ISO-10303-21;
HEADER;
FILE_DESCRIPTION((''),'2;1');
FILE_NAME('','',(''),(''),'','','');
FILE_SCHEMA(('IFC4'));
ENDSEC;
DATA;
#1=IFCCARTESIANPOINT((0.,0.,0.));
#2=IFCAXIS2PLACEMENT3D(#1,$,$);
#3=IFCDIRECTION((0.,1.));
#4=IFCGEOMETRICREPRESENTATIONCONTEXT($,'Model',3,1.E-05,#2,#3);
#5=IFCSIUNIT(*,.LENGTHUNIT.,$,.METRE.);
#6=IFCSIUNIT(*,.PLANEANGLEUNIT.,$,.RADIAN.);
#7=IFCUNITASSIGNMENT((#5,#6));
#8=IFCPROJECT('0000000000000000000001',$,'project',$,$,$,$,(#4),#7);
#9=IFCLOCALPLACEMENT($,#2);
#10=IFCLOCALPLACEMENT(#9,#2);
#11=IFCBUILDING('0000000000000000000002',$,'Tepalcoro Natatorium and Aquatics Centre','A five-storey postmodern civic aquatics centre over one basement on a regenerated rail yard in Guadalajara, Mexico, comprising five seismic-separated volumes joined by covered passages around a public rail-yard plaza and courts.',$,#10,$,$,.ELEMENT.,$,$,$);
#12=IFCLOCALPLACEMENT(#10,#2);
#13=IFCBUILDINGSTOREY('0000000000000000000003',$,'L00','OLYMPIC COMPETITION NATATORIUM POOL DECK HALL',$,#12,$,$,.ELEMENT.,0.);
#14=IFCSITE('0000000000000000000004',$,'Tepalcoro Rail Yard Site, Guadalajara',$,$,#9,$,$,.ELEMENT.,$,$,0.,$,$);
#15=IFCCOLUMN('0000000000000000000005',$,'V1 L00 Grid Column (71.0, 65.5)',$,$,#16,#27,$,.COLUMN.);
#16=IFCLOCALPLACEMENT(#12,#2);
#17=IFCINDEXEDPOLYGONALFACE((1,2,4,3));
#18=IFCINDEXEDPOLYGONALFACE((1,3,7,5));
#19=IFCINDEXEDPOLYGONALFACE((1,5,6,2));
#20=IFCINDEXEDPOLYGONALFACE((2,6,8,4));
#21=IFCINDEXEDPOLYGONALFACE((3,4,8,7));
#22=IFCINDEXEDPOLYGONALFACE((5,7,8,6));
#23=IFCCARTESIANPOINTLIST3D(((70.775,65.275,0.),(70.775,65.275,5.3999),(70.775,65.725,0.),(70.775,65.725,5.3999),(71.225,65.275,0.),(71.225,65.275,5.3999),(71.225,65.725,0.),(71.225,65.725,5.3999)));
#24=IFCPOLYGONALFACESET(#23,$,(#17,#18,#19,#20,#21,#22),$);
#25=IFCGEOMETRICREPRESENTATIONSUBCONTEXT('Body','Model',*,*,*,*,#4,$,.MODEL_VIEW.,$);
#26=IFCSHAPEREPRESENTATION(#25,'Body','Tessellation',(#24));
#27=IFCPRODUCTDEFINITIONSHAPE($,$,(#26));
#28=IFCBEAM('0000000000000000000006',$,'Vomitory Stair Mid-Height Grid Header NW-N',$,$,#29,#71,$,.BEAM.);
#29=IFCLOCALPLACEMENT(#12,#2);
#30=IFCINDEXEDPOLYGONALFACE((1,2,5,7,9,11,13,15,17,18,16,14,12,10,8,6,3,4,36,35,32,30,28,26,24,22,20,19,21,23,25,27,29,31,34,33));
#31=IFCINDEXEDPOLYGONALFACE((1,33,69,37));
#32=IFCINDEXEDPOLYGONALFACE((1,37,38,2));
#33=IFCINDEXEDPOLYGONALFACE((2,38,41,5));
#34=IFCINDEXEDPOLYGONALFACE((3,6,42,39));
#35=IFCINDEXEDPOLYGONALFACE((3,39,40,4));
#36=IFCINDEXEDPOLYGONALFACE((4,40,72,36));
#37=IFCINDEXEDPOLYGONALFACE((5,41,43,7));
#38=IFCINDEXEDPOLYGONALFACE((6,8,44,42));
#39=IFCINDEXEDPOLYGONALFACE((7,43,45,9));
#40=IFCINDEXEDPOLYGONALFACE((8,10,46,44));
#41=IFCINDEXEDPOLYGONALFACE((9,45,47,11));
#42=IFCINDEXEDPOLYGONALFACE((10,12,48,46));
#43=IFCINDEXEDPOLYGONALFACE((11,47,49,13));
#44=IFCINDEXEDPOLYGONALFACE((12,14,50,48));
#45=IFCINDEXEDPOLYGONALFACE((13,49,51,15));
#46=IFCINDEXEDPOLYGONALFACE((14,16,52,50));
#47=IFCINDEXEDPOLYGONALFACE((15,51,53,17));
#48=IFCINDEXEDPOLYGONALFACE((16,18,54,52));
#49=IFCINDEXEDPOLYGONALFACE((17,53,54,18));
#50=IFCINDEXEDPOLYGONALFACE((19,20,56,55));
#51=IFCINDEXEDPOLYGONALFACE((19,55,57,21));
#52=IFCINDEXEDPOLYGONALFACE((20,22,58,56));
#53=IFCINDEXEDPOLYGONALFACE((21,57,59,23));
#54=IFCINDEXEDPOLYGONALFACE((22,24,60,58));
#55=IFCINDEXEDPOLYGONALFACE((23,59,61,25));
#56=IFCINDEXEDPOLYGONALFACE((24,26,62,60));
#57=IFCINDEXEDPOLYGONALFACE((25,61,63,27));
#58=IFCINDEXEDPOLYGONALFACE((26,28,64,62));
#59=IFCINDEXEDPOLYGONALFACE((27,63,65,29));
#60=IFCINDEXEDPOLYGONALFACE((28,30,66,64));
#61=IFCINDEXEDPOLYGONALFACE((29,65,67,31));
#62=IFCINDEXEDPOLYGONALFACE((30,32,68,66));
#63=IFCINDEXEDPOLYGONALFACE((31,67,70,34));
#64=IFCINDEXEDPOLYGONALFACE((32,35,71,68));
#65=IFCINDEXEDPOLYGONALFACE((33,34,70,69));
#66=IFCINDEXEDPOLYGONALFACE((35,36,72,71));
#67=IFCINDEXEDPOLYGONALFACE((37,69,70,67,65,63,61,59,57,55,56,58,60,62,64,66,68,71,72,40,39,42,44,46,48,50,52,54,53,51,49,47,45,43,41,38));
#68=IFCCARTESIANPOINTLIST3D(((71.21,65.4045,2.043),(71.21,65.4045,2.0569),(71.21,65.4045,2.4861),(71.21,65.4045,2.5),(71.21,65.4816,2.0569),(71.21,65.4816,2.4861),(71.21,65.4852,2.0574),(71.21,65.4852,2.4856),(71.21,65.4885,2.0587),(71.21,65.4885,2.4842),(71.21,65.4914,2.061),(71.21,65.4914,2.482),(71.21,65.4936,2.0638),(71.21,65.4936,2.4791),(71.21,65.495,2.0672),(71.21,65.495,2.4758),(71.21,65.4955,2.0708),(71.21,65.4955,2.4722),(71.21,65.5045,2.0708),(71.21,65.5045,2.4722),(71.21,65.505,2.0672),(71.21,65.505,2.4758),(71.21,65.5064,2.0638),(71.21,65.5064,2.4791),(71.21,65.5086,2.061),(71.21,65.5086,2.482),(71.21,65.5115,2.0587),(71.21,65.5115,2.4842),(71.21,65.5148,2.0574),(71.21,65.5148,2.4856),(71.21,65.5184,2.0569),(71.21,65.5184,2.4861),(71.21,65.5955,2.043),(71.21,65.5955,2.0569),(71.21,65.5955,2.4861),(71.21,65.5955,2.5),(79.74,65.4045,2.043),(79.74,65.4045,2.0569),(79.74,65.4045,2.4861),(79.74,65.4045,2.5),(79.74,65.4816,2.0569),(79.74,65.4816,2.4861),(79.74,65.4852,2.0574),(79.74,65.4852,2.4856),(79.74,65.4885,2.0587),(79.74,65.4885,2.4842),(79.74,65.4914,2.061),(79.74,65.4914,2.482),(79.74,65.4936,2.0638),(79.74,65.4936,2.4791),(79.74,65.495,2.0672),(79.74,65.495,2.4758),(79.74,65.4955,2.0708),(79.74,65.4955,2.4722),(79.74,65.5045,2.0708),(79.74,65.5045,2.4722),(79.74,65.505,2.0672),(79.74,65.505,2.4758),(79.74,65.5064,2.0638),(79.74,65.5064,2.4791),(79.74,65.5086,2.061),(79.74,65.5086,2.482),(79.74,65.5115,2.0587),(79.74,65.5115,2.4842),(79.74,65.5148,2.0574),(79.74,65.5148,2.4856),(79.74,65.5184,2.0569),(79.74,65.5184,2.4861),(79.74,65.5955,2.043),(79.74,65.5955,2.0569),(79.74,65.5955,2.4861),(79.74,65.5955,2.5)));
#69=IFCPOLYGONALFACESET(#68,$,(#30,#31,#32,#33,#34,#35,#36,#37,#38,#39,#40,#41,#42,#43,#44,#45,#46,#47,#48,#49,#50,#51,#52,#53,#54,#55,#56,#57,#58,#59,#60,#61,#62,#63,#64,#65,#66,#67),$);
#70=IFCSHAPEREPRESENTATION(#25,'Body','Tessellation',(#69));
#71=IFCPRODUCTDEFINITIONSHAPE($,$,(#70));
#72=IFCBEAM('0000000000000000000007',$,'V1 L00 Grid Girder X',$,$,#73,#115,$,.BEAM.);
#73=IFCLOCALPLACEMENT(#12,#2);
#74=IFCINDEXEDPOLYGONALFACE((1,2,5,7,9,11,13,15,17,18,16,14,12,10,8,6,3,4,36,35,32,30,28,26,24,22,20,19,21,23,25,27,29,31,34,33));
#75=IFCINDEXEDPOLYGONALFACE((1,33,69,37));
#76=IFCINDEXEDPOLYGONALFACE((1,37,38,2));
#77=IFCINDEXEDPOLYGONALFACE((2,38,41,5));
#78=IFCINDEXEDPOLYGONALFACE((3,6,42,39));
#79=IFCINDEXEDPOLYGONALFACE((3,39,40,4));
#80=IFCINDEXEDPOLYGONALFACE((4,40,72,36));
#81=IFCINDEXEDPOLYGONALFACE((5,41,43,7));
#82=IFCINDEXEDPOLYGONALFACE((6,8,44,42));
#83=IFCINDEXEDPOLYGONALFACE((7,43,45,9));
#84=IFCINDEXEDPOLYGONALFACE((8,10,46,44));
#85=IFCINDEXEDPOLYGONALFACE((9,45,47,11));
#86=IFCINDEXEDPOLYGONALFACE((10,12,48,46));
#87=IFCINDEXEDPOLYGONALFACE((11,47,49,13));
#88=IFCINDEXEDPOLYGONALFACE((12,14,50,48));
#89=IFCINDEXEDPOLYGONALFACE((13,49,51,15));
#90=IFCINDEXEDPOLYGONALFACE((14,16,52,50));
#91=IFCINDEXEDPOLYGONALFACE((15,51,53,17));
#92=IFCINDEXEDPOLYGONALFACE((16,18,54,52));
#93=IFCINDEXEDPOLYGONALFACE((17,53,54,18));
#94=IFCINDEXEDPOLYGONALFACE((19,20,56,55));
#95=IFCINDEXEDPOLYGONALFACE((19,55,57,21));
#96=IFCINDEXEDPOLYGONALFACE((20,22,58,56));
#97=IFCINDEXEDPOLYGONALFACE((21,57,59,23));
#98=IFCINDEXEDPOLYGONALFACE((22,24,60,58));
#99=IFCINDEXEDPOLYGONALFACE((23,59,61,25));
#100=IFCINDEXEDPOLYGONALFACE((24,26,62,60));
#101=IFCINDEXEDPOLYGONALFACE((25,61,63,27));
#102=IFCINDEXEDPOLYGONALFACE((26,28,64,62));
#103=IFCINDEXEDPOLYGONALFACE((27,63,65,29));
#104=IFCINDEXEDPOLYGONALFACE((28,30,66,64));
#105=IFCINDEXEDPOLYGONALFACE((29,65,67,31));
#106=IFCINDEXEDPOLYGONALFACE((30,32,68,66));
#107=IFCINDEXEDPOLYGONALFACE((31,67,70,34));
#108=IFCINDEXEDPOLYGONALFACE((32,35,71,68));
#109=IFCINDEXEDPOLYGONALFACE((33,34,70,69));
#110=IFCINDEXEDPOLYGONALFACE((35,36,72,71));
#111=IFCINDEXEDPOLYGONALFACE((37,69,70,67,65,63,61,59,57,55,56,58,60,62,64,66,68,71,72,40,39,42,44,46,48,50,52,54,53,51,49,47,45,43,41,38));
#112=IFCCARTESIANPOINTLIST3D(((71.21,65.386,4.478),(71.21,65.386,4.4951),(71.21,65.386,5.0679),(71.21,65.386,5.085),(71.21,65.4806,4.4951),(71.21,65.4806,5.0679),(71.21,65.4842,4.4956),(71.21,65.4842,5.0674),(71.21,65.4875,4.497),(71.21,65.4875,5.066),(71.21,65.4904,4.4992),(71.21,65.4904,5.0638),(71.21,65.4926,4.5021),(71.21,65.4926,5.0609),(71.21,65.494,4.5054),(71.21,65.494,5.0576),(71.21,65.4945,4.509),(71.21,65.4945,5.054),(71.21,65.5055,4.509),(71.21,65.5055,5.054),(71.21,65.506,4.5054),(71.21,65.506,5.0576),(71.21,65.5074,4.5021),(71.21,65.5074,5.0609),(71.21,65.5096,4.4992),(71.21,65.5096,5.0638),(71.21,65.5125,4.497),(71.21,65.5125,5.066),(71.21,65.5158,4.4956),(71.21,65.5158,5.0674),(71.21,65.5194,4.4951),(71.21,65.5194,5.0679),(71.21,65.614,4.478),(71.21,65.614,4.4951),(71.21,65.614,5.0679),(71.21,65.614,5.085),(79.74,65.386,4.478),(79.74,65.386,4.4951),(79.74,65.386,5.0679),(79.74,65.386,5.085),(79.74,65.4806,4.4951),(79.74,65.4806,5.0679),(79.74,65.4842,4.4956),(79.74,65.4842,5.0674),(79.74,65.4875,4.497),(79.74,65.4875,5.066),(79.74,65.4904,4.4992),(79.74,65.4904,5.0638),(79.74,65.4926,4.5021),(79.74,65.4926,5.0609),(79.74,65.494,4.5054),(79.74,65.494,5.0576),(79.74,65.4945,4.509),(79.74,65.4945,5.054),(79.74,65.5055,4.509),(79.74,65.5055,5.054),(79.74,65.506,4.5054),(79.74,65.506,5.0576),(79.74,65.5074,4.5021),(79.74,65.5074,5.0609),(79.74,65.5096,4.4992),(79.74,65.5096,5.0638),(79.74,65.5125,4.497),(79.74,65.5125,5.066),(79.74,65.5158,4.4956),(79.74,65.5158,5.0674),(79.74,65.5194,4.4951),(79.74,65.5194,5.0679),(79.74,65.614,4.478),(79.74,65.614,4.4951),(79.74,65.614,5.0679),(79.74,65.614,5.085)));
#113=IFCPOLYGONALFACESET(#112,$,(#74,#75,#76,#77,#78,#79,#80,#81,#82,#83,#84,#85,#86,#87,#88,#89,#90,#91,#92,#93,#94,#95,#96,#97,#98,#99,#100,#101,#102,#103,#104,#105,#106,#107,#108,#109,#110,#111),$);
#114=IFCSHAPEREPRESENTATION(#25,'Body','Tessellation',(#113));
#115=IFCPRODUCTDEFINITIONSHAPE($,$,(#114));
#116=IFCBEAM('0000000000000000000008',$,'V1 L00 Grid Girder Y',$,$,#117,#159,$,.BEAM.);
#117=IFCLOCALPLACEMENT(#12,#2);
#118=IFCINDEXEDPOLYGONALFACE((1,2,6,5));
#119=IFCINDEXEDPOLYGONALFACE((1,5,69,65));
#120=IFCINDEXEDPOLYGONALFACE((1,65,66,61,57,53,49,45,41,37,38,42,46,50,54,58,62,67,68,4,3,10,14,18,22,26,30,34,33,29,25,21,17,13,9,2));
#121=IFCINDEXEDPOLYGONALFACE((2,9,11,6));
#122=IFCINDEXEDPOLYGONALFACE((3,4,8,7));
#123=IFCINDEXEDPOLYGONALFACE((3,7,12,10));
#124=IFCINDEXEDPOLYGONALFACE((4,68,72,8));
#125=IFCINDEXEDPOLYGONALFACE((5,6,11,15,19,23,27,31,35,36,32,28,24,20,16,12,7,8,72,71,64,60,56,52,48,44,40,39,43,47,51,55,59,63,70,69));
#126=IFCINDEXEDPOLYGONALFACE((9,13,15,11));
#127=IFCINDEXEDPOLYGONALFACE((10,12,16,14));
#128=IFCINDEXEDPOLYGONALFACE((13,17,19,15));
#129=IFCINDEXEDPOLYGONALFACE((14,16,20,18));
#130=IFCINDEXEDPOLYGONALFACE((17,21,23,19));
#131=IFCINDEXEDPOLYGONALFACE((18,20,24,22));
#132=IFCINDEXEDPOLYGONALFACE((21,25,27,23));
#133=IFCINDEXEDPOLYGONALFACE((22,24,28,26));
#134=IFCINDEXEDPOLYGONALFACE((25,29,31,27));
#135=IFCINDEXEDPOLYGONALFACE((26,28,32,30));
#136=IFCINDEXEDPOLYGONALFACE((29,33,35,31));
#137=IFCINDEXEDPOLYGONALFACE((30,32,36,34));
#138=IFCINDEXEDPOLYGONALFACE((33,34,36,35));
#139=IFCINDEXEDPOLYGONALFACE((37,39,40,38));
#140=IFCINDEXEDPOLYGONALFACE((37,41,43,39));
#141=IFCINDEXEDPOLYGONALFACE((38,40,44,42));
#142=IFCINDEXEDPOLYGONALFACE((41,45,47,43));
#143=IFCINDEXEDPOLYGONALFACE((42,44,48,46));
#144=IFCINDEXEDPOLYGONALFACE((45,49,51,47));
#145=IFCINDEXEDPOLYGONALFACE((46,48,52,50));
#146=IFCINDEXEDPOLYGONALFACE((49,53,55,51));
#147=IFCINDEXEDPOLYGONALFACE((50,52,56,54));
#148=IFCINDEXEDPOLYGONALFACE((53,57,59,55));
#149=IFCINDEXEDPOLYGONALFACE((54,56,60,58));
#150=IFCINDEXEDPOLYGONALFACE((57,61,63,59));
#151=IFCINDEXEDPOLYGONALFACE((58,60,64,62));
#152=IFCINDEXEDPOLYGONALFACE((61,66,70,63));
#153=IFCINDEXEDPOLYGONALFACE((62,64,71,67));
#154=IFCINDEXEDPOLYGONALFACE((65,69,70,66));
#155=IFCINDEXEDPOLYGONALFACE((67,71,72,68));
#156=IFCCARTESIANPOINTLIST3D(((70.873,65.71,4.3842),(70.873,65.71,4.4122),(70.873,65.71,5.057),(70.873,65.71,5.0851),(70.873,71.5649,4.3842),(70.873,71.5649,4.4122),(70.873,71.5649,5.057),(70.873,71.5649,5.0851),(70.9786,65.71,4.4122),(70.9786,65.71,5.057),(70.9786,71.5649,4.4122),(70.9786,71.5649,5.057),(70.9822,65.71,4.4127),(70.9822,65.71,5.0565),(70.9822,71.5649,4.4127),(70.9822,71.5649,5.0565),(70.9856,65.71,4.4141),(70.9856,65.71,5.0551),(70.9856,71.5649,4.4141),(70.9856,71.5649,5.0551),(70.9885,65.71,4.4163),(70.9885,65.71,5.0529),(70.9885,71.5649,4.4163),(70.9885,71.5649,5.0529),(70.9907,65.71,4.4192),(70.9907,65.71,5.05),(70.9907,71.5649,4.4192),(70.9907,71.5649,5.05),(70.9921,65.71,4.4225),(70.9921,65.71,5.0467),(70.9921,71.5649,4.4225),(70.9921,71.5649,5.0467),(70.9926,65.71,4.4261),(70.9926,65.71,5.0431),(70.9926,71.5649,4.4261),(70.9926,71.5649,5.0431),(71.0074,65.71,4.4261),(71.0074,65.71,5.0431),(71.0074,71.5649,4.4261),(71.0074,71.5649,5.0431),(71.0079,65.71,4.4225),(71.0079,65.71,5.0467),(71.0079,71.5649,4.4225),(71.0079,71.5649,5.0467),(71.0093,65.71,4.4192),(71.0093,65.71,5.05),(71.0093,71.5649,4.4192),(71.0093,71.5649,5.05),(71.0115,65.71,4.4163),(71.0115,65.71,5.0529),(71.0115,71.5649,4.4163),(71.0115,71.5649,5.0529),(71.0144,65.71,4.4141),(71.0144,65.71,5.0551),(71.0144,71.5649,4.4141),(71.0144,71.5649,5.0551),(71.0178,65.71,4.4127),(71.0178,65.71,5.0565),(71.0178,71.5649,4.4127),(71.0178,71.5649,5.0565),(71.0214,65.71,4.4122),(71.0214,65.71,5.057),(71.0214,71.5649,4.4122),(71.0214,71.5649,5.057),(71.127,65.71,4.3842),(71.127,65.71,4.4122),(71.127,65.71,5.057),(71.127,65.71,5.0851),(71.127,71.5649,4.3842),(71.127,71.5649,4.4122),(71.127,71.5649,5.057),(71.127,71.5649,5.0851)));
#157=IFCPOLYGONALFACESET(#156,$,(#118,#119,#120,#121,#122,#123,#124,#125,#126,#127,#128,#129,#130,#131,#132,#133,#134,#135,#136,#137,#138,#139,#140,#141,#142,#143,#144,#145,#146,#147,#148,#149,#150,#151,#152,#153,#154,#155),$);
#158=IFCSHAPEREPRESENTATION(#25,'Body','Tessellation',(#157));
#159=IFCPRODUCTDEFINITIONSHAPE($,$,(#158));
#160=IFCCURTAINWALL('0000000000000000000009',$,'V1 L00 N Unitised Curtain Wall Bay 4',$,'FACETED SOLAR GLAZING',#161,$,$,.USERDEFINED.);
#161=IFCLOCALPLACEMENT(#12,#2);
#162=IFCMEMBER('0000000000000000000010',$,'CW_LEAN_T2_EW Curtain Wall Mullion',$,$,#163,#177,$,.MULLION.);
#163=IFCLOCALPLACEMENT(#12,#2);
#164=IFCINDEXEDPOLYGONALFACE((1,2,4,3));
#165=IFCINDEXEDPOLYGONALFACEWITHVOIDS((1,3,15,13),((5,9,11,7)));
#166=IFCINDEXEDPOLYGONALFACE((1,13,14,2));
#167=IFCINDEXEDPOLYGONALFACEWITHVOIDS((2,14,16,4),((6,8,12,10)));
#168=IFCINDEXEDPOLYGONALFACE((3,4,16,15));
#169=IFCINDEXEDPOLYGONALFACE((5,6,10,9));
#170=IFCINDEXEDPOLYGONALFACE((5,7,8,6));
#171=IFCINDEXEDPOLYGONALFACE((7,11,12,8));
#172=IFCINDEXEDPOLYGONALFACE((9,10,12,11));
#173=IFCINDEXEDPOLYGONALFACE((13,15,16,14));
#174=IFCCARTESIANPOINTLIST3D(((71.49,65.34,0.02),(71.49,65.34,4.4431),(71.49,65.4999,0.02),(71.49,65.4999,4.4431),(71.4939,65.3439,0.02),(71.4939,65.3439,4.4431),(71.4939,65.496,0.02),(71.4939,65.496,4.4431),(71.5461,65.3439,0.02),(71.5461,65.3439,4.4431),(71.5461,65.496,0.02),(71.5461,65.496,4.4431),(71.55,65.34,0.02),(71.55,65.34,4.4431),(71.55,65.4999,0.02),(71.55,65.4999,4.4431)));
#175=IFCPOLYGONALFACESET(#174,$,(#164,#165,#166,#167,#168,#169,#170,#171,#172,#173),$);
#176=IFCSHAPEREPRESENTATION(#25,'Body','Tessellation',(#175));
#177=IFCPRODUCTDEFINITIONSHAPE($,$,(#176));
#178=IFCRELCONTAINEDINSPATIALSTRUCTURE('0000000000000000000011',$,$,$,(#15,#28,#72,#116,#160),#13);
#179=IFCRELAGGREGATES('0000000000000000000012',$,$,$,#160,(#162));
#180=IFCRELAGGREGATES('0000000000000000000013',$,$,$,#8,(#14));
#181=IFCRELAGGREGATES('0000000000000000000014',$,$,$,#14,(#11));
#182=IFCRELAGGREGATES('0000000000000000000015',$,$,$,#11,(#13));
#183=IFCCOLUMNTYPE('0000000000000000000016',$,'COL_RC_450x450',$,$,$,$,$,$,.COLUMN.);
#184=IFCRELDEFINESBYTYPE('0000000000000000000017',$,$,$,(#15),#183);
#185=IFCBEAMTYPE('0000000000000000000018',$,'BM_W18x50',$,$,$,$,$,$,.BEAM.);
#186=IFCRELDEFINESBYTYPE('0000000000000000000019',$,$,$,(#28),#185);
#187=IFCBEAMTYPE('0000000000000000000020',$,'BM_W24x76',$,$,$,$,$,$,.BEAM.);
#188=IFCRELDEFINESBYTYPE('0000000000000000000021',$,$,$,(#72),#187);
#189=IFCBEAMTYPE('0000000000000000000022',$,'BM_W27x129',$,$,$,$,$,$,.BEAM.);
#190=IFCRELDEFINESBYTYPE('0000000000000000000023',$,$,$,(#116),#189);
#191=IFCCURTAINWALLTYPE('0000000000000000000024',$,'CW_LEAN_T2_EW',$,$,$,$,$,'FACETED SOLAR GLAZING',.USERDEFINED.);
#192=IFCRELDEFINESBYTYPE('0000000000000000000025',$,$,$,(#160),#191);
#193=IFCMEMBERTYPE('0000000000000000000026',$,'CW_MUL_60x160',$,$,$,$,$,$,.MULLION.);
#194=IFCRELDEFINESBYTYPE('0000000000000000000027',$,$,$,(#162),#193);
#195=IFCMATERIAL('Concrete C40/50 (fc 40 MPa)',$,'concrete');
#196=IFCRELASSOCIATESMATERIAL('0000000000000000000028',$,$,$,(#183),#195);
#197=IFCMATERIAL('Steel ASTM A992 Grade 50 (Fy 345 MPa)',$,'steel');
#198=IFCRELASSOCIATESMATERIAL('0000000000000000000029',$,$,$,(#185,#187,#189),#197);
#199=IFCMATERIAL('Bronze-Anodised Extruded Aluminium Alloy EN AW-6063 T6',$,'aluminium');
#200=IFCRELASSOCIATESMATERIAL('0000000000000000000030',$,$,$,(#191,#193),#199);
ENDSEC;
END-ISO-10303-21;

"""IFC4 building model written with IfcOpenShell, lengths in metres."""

from ifc_helpers import new_model, si_unit, direction, frame, origin, origin_2d, place, context, subcontext, project, spatial, rectangle, hollow_rectangle, i_section, extrude, material, material_profile, profile_set, type_object, element, aggregate, save


model = new_model("IFC4")

# Units and contexts
model_context = context("Model", 3, precision=1e-05, world=origin(), true_north=direction((0.0, 1.0)))
body_context = subcontext(model_context, "Body", "Model", "MODEL_VIEW")
ifc_project = project(units=[si_unit("LENGTHUNIT", "METRE"), si_unit("PLANEANGLEUNIT", "RADIAN")], contexts=[model_context])

# Site, building, storey
site_placement = place(None, origin())
site = spatial("IfcSite", under=ifc_project, at=site_placement, Name="Tepalcoro Rail Yard Site, Guadalajara", CompositionType="ELEMENT", RefElevation=0.0)
building_placement = place(site_placement, origin())
building = spatial("IfcBuilding", under=site, at=building_placement, Name="Tepalcoro Natatorium and Aquatics Centre", Description="A five-storey postmodern civic aquatics centre over one basement on a regenerated rail yard in Guadalajara, Mexico, comprising five seismic-separated volumes joined by covered passages around a public rail-yard plaza and courts.", CompositionType="ELEMENT")
storey_placement = place(building_placement, origin())
storey = spatial("IfcBuildingStorey", under=building, at=storey_placement, Name="L00", Description="OLYMPIC COMPETITION NATATORIUM POOL DECK HALL", CompositionType="ELEMENT", Elevation=0.0)

# Column
ifc_material_1 = material(Name="Concrete C40/50 (fc 40 MPa)", Category="concrete")
ifc_material_profile_1 = material_profile(ifc_material_1, rectangle(XDim=0.45, YDim=0.45, at=origin_2d()), Name="RC450x450")
ifc_profile_set_1 = profile_set([ifc_material_profile_1], Name="Concrete C40/50 (fc 40 MPa)")
column_type = type_object("IfcColumnType", Name="COL_RC_450x450", PredefinedType="COLUMN", material=ifc_profile_set_1)
column_placement = place(storey_placement, frame((71.0, 65.5, 0.0), z_axis=(0.0, 0.0, 1.0), x_axis=(1.0, 0.0, 0.0)))
element("IfcColumn", 1, at=column_placement, inside=storey, type_object=column_type, Name="V1 L00 Grid Column (71.0, 65.5)", PredefinedType="COLUMN", context=body_context, shape_type="SweptSolid", body=[
    extrude(rectangle(XDim=0.45, YDim=0.45, at=origin_2d()), origin(), (0.0, 0.0, 1.0), 5.3999),
])

# Beams
ifc_material_2 = material(Name="Steel ASTM A992 Grade 50 (Fy 345 MPa)", Category="steel")
ifc_material_profile_2 = material_profile(ifc_material_2, i_section(OverallWidth=0.1909, OverallDepth=0.457, WebThickness=0.009, FlangeThickness=0.0139, FilletRadius=0.0139, at=origin_2d()), Name="W18X50")
ifc_profile_set_2 = profile_set([ifc_material_profile_2], Name="Steel ASTM A992 Grade 50 (Fy 345 MPa)")
beam_type_1 = type_object("IfcBeamType", Name="BM_W18x50", PredefinedType="BEAM", material=ifc_profile_set_2)
beam_1_placement = place(storey_placement, frame((71.21, 65.5, 2.2715), z_axis=(1.0, 0.0, 0.0), x_axis=(0.0, 1.0, 0.0)))
element("IfcBeam", 2, at=beam_1_placement, inside=storey, type_object=beam_type_1, Name="Vomitory Stair Mid-Height Grid Header NW-N", PredefinedType="BEAM", context=body_context, shape_type="SweptSolid", body=[
    extrude(i_section(OverallWidth=0.1909, OverallDepth=0.457, WebThickness=0.009, FlangeThickness=0.0139, FilletRadius=0.0139, at=origin_2d()), origin(), (0.0, 0.0, 1.0), 8.53),
])
ifc_material_profile_3 = material_profile(ifc_material_2, i_section(OverallWidth=0.228, OverallDepth=0.6069, WebThickness=0.011, FlangeThickness=0.0171, FilletRadius=0.0139, at=origin_2d()), Name="W24X76")
ifc_profile_set_3 = profile_set([ifc_material_profile_3], Name="Steel ASTM A992 Grade 50 (Fy 345 MPa)")
beam_type_2 = type_object("IfcBeamType", Name="BM_W24x76", PredefinedType="BEAM", material=ifc_profile_set_3)
beam_2_placement = place(storey_placement, frame((71.21, 65.5, 4.7815), z_axis=(1.0, 0.0, 0.0), x_axis=(0.0, 1.0, 0.0)))
element("IfcBeam", 3, at=beam_2_placement, inside=storey, type_object=beam_type_2, Name="V1 L00 Grid Girder X", PredefinedType="BEAM", context=body_context, shape_type="SweptSolid", body=[
    extrude(i_section(OverallWidth=0.228, OverallDepth=0.6069, WebThickness=0.011, FlangeThickness=0.0171, FilletRadius=0.0139, at=origin_2d()), origin(), (0.0, 0.0, 1.0), 8.53),
])
ifc_material_profile_4 = material_profile(ifc_material_2, i_section(OverallWidth=0.2539, OverallDepth=0.7009, WebThickness=0.0149, FlangeThickness=0.0281, FilletRadius=0.0139, at=origin_2d()), Name="W27X129")
ifc_profile_set_4 = profile_set([ifc_material_profile_4], Name="Steel ASTM A992 Grade 50 (Fy 345 MPa)")
beam_type_3 = type_object("IfcBeamType", Name="BM_W27x129", PredefinedType="BEAM", material=ifc_profile_set_4)
beam_3_placement = place(storey_placement, frame((71.0, 65.71, 4.7346), z_axis=(0.0, 1.0, 0.0), x_axis=(-1.0, 0.0, 0.0)))
element("IfcBeam", 4, at=beam_3_placement, inside=storey, type_object=beam_type_3, Name="V1 L00 Grid Girder Y", PredefinedType="BEAM", context=body_context, shape_type="SweptSolid", body=[
    extrude(i_section(OverallWidth=0.2539, OverallDepth=0.7009, WebThickness=0.0149, FlangeThickness=0.0281, FilletRadius=0.0139, at=origin_2d()), origin(), (0.0, 0.0, 1.0), 5.855),
])

# Curtain wall, member
ifc_material_3 = material(Name="Bronze-Anodised Extruded Aluminium Alloy EN AW-6063 T6", Category="aluminium")
curtain_wall_type_1 = type_object("IfcCurtainWallType", Name="CW_LEAN_T2_EW", ElementType="FACETED SOLAR GLAZING", PredefinedType="USERDEFINED", material=ifc_material_3)
curtain_wall_1_placement = place(storey_placement, origin())
curtain_wall_1 = element("IfcCurtainWall", 5, at=curtain_wall_1_placement, inside=storey, type_object=curtain_wall_type_1, Name="V1 L00 N Unitised Curtain Wall Bay 4", ObjectType="FACETED SOLAR GLAZING", PredefinedType="USERDEFINED")
ifc_material_profile_5 = material_profile(ifc_material_3, hollow_rectangle(XDim=0.0601, YDim=0.1599, WallThickness=0.0039, at=origin_2d()), Name="AL60X160X4")
ifc_profile_set_5 = profile_set([ifc_material_profile_5], Name="Bronze-Anodised Extruded Aluminium Alloy EN AW-6063 T6")
member_type_1 = type_object("IfcMemberType", Name="CW_MUL_60x160", PredefinedType="MULLION", material=ifc_profile_set_5)
member_1_placement = place(storey_placement, frame((71.52, 65.4199, 0.02), z_axis=(0.0, 0.0, 1.0), x_axis=(1.0, 0.0, 0.0)))
member_1 = element("IfcMember", 6, at=member_1_placement, type_object=member_type_1, Name="CW_LEAN_T2_EW Curtain Wall Mullion", PredefinedType="MULLION", context=body_context, shape_type="SweptSolid", body=[
    extrude(hollow_rectangle(XDim=0.0601, YDim=0.1599, WallThickness=0.0039, at=origin_2d()), origin(), (0.0, 0.0, 1.0), 4.4231),
])

aggregate(curtain_wall_1, [member_1])

save(model, "model.ifc")
